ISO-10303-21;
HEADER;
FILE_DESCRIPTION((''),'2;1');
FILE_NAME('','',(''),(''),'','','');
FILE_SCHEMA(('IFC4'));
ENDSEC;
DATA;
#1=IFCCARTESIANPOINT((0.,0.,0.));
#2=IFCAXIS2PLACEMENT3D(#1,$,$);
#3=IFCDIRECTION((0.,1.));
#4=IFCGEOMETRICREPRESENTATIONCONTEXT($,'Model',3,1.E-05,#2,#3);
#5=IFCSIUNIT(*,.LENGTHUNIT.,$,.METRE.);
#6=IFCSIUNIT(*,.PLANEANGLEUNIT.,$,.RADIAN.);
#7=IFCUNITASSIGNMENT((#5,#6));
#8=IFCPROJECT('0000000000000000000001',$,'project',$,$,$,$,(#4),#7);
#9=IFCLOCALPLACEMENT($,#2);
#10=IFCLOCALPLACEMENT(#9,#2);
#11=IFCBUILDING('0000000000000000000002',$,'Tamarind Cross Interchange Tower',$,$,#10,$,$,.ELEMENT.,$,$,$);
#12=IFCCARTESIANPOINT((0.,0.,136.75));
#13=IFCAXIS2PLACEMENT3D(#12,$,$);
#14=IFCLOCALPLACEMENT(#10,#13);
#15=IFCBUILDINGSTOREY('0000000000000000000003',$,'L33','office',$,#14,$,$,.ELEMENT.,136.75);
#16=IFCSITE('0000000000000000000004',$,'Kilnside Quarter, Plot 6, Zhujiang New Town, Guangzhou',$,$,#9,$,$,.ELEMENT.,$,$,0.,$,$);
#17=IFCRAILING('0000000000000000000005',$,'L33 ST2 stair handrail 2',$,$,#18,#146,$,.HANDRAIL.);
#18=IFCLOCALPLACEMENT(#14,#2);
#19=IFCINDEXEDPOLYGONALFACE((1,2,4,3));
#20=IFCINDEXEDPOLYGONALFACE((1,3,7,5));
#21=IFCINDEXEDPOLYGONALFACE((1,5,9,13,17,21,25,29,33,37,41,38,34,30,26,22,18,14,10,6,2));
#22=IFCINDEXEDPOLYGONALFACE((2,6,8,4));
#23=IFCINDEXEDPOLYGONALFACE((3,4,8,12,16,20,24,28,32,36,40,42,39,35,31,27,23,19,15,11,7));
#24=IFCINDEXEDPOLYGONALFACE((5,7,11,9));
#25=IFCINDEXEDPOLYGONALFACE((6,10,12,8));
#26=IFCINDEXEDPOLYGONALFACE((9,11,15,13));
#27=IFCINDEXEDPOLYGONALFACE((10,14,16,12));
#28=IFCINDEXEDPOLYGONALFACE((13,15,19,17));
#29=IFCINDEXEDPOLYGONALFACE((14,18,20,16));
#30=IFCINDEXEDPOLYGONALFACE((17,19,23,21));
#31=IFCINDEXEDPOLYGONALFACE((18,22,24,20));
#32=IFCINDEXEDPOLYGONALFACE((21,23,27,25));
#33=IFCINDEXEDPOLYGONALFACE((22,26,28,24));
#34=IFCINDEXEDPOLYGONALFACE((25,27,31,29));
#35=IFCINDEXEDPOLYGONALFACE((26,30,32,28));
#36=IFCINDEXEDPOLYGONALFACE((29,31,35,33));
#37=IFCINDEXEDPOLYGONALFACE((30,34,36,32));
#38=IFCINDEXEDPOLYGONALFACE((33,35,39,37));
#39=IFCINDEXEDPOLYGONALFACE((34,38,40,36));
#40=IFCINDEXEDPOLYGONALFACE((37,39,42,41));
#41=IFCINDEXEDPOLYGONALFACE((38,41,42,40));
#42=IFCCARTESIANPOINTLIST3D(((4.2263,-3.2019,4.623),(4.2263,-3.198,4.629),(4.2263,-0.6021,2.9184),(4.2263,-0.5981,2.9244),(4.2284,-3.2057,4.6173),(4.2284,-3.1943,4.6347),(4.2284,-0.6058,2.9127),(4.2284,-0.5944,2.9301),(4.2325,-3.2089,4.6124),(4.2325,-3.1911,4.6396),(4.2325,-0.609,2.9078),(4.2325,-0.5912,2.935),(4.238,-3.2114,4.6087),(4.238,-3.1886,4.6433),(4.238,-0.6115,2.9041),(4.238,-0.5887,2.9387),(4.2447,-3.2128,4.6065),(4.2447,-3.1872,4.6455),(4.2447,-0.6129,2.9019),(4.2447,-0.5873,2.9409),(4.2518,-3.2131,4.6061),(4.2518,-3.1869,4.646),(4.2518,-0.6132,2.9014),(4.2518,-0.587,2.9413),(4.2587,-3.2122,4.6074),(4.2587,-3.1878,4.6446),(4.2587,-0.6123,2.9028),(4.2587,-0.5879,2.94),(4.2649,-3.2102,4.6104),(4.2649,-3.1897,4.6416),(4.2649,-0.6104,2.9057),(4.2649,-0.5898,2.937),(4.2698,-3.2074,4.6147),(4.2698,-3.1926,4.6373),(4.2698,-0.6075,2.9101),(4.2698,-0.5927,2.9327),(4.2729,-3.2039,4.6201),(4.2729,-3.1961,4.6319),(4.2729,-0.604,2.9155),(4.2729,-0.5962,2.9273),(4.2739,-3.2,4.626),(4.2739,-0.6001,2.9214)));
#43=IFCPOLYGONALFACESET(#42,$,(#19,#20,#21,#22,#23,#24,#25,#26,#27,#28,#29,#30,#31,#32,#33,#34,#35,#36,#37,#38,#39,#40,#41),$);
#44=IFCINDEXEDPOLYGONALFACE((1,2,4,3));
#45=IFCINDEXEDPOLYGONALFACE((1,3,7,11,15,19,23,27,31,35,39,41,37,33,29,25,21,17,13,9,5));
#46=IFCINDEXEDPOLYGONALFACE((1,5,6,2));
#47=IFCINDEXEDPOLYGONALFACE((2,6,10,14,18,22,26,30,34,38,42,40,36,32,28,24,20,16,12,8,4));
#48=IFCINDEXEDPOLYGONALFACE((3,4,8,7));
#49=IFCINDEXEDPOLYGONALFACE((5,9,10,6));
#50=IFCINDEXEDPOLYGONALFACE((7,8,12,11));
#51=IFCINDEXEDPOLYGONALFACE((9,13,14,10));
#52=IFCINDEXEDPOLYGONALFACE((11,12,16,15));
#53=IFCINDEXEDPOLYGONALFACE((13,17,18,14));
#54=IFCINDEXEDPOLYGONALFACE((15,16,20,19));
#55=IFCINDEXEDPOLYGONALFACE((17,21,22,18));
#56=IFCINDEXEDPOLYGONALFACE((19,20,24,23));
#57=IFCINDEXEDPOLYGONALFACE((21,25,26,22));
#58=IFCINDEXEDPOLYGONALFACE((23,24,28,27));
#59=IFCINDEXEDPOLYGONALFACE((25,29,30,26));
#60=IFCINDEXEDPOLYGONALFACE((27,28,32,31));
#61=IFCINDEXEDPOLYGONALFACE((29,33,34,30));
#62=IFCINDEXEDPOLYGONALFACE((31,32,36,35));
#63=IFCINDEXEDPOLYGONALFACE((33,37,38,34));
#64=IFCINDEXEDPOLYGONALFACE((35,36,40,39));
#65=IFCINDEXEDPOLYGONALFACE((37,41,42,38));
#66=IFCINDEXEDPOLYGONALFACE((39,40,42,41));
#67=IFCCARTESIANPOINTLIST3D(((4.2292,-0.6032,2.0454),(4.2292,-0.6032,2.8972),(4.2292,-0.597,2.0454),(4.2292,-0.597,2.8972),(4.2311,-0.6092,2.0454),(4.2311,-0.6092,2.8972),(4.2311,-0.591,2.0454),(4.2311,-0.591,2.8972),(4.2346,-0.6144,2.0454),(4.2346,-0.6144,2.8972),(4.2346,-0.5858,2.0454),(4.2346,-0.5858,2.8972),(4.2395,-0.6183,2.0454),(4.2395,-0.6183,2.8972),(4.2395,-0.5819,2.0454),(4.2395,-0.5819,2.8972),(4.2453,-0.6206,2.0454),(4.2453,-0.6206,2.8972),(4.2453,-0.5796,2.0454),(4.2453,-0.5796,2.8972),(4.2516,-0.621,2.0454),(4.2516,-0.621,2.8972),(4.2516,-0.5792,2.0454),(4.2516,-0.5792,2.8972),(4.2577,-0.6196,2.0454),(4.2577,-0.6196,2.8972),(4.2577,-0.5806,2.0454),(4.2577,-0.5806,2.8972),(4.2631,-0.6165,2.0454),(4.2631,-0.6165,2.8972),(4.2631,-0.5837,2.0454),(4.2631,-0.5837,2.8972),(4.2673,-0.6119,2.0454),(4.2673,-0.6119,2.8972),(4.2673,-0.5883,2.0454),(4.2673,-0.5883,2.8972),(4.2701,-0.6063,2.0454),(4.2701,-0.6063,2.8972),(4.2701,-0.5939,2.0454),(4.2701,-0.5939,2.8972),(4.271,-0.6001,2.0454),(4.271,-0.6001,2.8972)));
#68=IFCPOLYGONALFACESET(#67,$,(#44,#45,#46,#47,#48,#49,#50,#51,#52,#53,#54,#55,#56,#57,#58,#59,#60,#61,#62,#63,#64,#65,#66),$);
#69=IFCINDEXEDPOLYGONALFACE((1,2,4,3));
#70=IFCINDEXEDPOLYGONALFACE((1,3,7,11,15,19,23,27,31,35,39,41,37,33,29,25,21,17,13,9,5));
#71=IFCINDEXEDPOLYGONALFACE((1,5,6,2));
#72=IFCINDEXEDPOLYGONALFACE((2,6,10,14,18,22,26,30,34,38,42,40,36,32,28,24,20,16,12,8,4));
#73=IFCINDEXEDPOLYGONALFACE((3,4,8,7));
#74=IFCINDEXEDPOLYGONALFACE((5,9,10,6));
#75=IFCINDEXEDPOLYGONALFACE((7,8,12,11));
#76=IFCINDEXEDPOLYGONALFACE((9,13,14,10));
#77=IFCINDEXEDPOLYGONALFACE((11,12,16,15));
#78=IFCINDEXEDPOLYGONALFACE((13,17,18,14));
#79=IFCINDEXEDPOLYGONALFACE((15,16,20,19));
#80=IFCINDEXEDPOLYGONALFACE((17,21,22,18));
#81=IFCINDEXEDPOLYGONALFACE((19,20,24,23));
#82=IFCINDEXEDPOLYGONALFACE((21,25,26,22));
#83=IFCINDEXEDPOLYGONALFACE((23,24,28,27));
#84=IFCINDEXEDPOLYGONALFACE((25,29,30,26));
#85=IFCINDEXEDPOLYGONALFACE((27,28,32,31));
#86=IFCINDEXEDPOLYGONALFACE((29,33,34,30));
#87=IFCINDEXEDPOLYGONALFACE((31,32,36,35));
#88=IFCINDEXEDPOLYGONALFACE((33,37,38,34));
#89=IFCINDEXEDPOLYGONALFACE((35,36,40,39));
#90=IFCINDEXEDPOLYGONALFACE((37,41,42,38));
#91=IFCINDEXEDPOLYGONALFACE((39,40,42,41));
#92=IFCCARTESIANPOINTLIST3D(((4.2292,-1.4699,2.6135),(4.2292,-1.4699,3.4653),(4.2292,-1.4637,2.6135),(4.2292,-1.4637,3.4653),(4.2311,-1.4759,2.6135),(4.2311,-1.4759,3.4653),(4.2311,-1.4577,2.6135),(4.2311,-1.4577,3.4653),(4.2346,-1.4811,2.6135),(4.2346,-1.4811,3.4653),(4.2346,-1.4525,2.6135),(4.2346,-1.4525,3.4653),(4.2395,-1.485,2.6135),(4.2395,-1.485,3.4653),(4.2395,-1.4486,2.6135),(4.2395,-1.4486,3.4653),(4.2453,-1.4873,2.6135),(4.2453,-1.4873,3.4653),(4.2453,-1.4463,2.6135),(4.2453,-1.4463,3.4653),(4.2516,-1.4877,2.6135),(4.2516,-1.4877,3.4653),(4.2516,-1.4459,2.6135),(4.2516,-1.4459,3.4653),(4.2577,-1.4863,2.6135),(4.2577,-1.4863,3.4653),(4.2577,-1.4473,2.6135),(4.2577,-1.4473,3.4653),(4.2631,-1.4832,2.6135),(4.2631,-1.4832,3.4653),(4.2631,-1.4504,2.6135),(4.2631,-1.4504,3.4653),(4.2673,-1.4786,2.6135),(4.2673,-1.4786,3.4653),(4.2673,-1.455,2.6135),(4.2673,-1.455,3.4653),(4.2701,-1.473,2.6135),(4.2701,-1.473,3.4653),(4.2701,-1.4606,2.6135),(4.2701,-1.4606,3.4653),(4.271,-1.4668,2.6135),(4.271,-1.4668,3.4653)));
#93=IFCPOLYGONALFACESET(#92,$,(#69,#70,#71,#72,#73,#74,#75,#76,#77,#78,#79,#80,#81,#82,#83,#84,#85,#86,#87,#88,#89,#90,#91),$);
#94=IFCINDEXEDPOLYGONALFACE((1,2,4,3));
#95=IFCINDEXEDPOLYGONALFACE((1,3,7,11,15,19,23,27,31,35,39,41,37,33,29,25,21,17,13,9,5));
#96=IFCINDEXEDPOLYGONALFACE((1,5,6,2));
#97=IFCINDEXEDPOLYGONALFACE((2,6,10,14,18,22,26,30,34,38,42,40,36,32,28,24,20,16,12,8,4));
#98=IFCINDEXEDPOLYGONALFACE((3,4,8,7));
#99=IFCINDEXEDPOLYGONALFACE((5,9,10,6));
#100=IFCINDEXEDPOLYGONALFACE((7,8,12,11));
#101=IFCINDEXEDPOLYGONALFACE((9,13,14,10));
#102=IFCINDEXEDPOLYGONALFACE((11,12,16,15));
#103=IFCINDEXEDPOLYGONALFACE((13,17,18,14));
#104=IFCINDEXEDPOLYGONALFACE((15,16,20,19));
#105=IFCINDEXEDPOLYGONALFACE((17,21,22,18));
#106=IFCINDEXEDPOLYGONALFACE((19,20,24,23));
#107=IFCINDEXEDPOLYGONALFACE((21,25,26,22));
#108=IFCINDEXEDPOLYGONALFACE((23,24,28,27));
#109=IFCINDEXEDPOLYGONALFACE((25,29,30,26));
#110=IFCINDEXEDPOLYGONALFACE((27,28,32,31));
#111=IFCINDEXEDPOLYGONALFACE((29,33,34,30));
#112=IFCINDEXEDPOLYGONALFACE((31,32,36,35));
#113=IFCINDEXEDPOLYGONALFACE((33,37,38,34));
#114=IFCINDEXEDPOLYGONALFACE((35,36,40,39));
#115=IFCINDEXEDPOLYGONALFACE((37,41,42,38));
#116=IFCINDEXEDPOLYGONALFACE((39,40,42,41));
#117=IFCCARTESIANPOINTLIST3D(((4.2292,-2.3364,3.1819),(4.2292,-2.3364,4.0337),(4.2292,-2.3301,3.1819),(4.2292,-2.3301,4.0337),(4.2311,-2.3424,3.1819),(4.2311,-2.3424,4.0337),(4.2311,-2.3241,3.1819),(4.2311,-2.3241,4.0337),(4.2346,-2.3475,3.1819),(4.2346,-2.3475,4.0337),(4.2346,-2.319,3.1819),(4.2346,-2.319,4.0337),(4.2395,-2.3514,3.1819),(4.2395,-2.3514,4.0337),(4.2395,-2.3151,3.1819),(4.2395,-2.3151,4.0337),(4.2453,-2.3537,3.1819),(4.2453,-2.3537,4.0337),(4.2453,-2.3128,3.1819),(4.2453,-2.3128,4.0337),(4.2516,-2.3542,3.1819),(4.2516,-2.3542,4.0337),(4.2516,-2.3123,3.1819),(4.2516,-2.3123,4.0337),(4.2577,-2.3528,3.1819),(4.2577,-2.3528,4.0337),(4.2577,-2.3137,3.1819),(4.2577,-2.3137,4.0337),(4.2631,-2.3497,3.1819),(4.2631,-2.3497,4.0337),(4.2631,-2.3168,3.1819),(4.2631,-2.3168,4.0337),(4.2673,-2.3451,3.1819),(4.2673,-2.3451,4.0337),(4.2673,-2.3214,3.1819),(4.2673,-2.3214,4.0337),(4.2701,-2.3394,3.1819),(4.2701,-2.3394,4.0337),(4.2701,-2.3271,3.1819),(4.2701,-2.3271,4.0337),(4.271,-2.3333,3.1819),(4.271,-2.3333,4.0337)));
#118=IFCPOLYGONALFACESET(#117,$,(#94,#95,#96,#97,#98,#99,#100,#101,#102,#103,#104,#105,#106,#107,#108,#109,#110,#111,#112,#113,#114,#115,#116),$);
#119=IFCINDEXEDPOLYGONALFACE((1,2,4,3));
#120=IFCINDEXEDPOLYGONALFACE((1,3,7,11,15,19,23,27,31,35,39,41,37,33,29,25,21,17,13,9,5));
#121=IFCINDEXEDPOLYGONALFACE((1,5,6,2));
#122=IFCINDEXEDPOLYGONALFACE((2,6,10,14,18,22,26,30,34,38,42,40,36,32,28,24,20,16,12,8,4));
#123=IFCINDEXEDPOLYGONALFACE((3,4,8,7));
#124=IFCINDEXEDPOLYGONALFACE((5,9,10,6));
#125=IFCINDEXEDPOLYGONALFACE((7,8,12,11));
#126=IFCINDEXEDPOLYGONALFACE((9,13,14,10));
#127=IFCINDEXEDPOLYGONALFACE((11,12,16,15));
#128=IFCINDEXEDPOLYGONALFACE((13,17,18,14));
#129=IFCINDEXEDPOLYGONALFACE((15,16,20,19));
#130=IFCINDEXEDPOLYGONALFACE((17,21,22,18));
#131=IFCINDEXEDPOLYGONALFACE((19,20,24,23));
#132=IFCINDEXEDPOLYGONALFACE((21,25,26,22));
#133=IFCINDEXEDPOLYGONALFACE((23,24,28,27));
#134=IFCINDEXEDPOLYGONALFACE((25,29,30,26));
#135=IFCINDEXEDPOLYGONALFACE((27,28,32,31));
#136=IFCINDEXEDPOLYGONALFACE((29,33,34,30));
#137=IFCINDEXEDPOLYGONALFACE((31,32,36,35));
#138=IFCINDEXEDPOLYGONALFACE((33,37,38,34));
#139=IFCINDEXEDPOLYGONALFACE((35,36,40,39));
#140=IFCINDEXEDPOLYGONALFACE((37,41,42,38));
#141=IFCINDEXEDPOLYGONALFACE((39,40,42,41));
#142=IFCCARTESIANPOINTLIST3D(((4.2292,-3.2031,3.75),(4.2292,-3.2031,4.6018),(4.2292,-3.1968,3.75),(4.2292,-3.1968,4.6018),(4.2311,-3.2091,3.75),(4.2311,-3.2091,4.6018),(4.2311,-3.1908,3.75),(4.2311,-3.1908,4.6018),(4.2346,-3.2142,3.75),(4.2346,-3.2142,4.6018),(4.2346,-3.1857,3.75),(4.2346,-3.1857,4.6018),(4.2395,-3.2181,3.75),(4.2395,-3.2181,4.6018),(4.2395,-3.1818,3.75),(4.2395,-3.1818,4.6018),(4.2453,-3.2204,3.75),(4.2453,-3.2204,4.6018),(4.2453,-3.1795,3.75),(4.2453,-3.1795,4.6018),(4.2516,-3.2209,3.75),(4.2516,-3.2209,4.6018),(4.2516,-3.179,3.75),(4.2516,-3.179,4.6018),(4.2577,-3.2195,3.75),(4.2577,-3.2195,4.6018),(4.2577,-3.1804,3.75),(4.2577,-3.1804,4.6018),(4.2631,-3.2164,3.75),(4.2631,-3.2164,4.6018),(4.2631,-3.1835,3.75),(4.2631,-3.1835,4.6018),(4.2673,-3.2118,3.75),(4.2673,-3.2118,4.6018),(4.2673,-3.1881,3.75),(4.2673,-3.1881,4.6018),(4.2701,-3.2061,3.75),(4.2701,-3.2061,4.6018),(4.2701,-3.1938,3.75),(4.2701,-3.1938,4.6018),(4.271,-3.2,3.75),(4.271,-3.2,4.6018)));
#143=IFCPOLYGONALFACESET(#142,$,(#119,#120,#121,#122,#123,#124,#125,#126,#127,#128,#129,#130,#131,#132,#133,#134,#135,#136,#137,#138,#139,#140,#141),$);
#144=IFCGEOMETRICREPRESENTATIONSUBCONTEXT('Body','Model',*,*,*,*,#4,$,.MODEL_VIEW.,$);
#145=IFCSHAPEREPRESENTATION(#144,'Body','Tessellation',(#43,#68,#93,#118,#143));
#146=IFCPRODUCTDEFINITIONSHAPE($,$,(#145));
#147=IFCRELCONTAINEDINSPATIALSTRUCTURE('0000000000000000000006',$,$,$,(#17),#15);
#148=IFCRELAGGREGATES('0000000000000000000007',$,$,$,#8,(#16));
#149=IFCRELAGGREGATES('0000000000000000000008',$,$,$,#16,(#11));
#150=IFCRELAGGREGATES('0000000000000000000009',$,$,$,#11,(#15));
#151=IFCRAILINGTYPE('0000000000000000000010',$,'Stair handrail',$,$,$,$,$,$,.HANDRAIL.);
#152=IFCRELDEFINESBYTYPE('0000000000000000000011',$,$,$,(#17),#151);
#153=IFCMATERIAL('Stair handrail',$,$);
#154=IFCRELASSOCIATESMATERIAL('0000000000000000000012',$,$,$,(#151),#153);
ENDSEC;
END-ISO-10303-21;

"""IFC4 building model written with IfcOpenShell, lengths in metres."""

from ifc_helpers import new_model, si_unit, direction, frame, origin, origin_2d, place, context, subcontext, project, spatial, circle, extrude, material, type_object, element, save


model = new_model("IFC4")

# Units and contexts
model_context = context("Model", 3, precision=1e-05, world=origin(), true_north=direction((0.0, 1.0)))
body_context = subcontext(model_context, "Body", "Model", "MODEL_VIEW")
ifc_project = project(units=[si_unit("LENGTHUNIT", "METRE"), si_unit("PLANEANGLEUNIT", "RADIAN")], contexts=[model_context])

# Site, building, storey
site_placement = place(None, origin())
site = spatial("IfcSite", under=ifc_project, at=site_placement, Name="Kilnside Quarter, Plot 6, Zhujiang New Town, Guangzhou", CompositionType="ELEMENT", RefElevation=0.0)
building_placement = place(site_placement, origin())
building = spatial("IfcBuilding", under=site, at=building_placement, Name="Tamarind Cross Interchange Tower", CompositionType="ELEMENT")
storey_placement = place(building_placement, frame((0.0, 0.0, 136.75)))
storey = spatial("IfcBuildingStorey", under=building, at=storey_placement, Name="L33", Description="office", CompositionType="ELEMENT", Elevation=136.75)

# Railing
ifc_material_1 = material(Name="Stair handrail")
railing_type_1 = type_object("IfcRailingType", Name="Stair handrail", PredefinedType="HANDRAIL", material=ifc_material_1)
railing_1_placement = place(storey_placement, frame((4.25, -0.6001, 2.0454)))
element("IfcRailing", 1, at=railing_1_placement, inside=storey, type_object=railing_type_1, Name="L33 ST2 stair handrail 2", PredefinedType="HANDRAIL", context=body_context, shape_type="SweptSolid", body=[
    extrude(circle(Radius=0.0239, at=origin_2d()), frame((0.0, 0.0, 0.876), z_axis=(0.0, -0.836279, 0.548305), x_axis=(1.0, 0.0, 0.0)), (0.0, 0.0, 1.0), 3.1089),
    extrude(circle(Radius=0.021, at=origin_2d()), origin(), (0.0, 0.0, 1.0), 0.8518),
    extrude(circle(Radius=0.021, at=origin_2d()), frame((0.0, -0.8667, 0.5681)), (0.0, 0.0, 1.0), 0.8518),
    extrude(circle(Radius=0.021, at=origin_2d()), frame((0.0, -1.7332, 1.1365)), (0.0, 0.0, 1.0), 0.8518),
    extrude(circle(Radius=0.021, at=origin_2d()), frame((0.0, -2.5999, 1.7046)), (0.0, 0.0, 1.0), 0.8518),
])

save(model, "model.ifc")
